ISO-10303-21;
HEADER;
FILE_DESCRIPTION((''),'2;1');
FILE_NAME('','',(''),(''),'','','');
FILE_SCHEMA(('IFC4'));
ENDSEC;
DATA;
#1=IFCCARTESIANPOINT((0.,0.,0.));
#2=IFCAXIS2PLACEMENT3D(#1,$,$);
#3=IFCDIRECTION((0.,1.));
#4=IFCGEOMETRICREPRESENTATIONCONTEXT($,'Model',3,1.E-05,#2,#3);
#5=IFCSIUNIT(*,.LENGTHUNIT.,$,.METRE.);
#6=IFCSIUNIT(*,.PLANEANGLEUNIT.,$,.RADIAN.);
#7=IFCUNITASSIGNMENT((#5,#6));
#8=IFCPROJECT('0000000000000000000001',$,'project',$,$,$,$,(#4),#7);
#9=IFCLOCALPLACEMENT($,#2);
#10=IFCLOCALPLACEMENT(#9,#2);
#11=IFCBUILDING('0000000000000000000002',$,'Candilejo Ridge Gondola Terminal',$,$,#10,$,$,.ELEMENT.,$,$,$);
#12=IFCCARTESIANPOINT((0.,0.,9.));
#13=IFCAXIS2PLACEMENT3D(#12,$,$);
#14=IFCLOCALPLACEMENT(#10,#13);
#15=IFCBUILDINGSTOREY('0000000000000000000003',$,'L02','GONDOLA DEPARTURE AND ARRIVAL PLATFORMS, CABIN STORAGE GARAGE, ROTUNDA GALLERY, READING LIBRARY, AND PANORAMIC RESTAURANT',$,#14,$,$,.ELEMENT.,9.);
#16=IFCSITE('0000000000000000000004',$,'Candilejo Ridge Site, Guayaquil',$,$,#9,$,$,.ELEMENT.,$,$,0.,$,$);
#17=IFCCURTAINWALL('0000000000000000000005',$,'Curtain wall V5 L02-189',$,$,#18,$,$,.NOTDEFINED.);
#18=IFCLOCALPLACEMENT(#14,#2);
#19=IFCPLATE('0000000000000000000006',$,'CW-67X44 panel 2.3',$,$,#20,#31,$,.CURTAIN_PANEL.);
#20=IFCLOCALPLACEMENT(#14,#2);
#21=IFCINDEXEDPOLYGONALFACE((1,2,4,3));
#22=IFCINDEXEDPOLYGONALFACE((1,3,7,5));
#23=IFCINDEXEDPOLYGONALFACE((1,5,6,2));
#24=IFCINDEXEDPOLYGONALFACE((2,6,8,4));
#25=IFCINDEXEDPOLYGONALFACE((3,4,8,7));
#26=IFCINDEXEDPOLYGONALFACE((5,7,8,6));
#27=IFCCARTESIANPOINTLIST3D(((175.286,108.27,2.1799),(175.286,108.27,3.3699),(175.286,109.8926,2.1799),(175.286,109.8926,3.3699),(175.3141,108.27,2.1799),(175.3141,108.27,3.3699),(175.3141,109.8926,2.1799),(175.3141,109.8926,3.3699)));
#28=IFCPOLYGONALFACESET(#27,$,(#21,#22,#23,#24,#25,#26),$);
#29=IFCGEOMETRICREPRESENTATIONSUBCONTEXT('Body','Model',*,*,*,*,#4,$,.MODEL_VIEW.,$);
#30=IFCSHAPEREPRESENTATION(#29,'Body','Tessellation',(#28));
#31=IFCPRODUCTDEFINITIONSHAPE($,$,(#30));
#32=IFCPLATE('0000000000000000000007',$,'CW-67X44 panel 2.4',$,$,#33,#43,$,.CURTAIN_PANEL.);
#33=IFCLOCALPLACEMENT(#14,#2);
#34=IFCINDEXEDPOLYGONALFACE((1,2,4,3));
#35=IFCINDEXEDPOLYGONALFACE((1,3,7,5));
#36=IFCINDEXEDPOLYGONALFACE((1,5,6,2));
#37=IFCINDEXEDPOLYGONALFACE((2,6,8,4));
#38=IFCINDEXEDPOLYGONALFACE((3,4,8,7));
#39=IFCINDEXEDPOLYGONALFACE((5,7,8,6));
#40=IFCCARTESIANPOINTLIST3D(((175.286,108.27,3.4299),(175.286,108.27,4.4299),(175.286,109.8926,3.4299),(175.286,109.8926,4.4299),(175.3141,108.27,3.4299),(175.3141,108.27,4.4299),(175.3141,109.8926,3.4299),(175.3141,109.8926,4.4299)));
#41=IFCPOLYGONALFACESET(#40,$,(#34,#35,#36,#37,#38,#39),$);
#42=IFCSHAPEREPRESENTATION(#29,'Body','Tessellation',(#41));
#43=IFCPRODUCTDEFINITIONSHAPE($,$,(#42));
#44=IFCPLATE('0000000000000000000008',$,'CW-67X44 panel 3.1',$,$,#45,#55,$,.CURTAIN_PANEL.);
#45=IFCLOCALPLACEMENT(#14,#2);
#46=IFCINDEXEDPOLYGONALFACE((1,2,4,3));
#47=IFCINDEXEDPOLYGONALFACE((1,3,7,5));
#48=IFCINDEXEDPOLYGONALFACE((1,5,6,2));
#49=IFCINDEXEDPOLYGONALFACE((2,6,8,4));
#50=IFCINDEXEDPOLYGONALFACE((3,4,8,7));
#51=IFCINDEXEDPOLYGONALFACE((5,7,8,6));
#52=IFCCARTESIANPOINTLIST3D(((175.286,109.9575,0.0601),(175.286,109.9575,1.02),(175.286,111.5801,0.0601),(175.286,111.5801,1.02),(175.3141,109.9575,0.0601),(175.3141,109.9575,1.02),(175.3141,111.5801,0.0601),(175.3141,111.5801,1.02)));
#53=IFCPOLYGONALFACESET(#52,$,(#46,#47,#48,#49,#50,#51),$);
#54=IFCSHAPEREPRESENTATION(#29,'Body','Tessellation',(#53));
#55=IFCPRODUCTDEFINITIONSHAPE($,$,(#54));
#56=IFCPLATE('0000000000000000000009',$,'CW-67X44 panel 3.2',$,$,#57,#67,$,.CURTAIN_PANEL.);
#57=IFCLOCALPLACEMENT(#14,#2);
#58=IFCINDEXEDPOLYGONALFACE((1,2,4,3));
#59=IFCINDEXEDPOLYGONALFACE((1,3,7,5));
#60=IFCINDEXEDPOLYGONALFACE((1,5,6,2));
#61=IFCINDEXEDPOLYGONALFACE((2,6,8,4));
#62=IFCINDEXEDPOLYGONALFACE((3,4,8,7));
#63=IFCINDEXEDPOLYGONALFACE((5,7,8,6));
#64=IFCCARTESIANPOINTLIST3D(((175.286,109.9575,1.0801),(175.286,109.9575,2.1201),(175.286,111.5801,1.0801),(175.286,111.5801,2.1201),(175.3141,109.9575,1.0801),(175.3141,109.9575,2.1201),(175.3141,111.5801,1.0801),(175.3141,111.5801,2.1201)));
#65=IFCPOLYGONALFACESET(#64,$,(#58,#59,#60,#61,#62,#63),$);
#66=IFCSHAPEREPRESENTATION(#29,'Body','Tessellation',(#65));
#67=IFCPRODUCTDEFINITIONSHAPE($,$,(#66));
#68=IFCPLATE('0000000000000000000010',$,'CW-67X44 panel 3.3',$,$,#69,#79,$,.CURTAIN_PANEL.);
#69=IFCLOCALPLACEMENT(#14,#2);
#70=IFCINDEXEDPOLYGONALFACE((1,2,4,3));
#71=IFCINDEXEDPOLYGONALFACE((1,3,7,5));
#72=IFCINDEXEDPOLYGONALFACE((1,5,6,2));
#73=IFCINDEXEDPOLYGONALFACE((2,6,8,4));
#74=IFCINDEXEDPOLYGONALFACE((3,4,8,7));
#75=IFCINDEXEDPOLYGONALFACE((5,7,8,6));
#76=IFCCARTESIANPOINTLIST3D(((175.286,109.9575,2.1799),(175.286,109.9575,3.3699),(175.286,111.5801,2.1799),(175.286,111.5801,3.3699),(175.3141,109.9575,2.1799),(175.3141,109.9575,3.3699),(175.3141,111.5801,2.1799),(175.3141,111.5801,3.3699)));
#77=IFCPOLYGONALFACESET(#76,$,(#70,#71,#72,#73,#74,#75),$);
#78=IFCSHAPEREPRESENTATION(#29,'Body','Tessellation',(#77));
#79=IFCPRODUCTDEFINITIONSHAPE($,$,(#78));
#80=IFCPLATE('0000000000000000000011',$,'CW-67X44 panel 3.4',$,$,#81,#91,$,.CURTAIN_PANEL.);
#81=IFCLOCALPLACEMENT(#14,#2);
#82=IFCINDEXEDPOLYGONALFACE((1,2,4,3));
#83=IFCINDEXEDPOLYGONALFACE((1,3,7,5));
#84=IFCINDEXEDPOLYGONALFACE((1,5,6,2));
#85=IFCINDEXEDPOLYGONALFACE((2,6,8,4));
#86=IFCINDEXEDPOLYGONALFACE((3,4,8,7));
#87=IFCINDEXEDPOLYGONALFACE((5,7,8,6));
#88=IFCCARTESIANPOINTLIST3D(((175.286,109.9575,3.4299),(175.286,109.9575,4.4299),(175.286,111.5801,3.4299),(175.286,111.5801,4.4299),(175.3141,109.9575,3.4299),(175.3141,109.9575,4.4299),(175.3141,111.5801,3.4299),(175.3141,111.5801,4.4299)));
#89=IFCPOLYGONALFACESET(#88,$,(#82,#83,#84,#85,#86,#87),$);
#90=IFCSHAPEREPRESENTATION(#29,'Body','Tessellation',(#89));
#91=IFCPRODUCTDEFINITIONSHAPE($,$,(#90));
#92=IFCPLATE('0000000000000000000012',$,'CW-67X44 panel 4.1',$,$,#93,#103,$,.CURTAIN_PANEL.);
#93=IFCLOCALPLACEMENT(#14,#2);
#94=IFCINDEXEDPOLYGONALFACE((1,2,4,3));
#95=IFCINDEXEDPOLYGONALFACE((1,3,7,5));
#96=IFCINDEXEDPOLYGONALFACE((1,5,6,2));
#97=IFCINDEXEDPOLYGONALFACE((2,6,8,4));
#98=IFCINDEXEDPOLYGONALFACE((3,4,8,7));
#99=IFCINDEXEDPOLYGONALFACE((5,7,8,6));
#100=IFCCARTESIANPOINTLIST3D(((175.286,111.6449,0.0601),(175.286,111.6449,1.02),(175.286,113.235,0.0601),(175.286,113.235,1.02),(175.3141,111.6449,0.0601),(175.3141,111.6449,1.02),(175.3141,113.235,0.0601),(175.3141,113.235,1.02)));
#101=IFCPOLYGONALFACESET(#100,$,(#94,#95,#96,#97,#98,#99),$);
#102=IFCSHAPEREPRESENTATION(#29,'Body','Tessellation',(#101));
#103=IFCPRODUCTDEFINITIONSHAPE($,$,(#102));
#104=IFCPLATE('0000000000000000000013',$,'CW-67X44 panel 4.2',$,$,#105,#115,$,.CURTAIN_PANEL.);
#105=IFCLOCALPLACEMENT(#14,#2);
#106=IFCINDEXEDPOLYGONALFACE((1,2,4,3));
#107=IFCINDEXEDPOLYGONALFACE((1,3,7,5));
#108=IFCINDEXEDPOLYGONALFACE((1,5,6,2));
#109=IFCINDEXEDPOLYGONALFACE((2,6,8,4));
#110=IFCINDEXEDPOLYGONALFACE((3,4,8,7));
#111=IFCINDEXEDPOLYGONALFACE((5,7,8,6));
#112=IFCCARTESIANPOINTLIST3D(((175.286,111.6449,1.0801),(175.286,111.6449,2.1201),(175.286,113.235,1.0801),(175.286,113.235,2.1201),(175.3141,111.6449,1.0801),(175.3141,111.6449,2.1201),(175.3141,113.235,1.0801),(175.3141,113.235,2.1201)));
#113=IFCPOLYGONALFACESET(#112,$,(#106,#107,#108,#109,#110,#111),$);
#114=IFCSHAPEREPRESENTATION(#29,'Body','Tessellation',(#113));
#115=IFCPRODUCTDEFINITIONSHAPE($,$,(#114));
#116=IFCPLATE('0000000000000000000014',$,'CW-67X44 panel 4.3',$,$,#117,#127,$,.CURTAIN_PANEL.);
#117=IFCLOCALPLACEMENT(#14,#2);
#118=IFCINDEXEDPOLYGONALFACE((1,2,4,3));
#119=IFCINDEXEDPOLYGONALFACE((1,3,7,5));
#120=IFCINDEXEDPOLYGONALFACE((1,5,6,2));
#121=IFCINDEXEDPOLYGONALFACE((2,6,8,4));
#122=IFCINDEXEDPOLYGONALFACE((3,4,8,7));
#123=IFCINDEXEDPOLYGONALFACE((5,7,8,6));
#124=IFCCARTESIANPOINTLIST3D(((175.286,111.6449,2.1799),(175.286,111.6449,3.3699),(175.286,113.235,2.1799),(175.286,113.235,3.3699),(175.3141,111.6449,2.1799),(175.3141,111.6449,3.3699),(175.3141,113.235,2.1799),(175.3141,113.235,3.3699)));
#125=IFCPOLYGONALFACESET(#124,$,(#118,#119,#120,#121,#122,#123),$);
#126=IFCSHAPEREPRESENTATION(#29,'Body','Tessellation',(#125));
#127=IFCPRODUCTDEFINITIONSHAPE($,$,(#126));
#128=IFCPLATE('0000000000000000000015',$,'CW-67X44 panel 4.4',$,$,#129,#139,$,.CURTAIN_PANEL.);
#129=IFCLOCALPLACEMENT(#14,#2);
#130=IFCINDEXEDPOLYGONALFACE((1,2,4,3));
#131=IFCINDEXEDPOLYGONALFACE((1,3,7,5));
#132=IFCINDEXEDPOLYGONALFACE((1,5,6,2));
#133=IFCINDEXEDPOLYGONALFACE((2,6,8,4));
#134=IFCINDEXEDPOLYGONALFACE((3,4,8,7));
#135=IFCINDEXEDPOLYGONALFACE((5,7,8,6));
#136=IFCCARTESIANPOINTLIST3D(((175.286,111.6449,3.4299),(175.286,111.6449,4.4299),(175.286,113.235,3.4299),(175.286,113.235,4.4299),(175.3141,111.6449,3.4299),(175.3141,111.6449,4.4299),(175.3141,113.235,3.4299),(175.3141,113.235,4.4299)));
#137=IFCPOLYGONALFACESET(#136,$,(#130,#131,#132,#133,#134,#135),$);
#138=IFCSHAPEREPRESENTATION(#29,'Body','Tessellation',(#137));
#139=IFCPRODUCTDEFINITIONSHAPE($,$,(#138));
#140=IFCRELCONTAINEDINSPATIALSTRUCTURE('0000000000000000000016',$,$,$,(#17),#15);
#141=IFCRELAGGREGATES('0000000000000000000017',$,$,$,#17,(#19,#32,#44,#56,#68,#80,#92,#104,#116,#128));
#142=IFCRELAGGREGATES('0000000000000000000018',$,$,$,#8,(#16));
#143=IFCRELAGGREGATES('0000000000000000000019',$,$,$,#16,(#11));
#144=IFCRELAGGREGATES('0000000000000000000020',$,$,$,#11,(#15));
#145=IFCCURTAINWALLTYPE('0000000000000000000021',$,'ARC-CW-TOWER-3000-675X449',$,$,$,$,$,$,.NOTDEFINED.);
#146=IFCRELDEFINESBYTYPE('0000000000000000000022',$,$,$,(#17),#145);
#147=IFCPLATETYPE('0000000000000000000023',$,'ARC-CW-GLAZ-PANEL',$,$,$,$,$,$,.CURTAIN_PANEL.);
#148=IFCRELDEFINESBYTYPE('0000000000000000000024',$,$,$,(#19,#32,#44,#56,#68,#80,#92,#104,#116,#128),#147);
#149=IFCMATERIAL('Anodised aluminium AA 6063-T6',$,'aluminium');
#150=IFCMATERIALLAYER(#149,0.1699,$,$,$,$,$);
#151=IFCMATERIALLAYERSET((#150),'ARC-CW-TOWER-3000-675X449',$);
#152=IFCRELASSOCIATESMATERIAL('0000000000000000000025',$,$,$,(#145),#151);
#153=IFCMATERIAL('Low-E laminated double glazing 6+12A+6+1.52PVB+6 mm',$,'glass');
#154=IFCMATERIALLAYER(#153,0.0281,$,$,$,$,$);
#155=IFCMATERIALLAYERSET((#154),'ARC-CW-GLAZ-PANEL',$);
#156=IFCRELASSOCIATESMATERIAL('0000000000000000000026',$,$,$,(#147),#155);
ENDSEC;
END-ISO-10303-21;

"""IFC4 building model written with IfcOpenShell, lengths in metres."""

from ifc_helpers import new_model, si_unit, direction, frame, origin, origin_2d, place, context, subcontext, project, spatial, rectangle, extrude, material, layer, layer_set, type_object, element, aggregate, save


model = new_model("IFC4")

# Units and contexts
model_context = context("Model", 3, precision=1e-05, world=origin(), true_north=direction((0.0, 1.0)))
body_context = subcontext(model_context, "Body", "Model", "MODEL_VIEW")
ifc_project = project(units=[si_unit("LENGTHUNIT", "METRE"), si_unit("PLANEANGLEUNIT", "RADIAN")], contexts=[model_context])

# Site, building, storey
site_placement = place(None, origin())
site = spatial("IfcSite", under=ifc_project, at=site_placement, Name="Candilejo Ridge Site, Guayaquil", CompositionType="ELEMENT", RefElevation=0.0)
building_placement = place(site_placement, origin())
building = spatial("IfcBuilding", under=site, at=building_placement, Name="Candilejo Ridge Gondola Terminal", CompositionType="ELEMENT")
storey_placement = place(building_placement, frame((0.0, 0.0, 9.0)))
storey = spatial("IfcBuildingStorey", under=building, at=storey_placement, Name="L02", Description="GONDOLA DEPARTURE AND ARRIVAL PLATFORMS, CABIN STORAGE GARAGE, ROTUNDA GALLERY, READING LIBRARY, AND PANORAMIC RESTAURANT", CompositionType="ELEMENT", Elevation=9.0)

# Curtain wall
ifc_material_1 = material(Name="Anodised aluminium AA 6063-T6", Category="aluminium")
ifc_layer_1 = layer(ifc_material_1, 0.1699)
ifc_layer_set_1 = layer_set([ifc_layer_1], Name="ARC-CW-TOWER-3000-675X449")
curtain_wall_type_1 = type_object("IfcCurtainWallType", Name="ARC-CW-TOWER-3000-675X449", PredefinedType="NOTDEFINED", material=ifc_layer_set_1)
curtain_wall_1_placement = place(storey_placement, origin())
curtain_wall_1 = element("IfcCurtainWall", 1, at=curtain_wall_1_placement, inside=storey, type_object=curtain_wall_type_1, Name="Curtain wall V5 L02-189", PredefinedType="NOTDEFINED")

# Plates
ifc_material_2 = material(Name="Low-E laminated double glazing 6+12A+6+1.52PVB+6 mm", Category="glass")
ifc_layer_2 = layer(ifc_material_2, 0.0281)
ifc_layer_set_2 = layer_set([ifc_layer_2], Name="ARC-CW-GLAZ-PANEL")
plate_type = type_object("IfcPlateType", Name="ARC-CW-GLAZ-PANEL", PredefinedType="CURTAIN_PANEL", material=ifc_layer_set_2)
plate_1_placement = place(storey_placement, frame((175.3, 109.0813, 2.1799), z_axis=(0.0, 0.0, 1.0), x_axis=(0.0, 1.0, 0.0)))
plate_1 = element("IfcPlate", 2, at=plate_1_placement, type_object=plate_type, Name="CW-67X44 panel 2.3", PredefinedType="CURTAIN_PANEL", context=body_context, shape_type="SweptSolid", body=[
    extrude(rectangle(XDim=1.6226, YDim=0.0281, at=origin_2d()), origin(), (0.0, 0.0, 1.0), 1.1899),
])
plate_2_placement = place(storey_placement, frame((175.3, 109.0813, 3.4299), z_axis=(0.0, 0.0, 1.0), x_axis=(0.0, 1.0, 0.0)))
plate_2 = element("IfcPlate", 3, at=plate_2_placement, type_object=plate_type, Name="CW-67X44 panel 2.4", PredefinedType="CURTAIN_PANEL", context=body_context, shape_type="SweptSolid", body=[
    extrude(rectangle(XDim=1.6226, YDim=0.0281, at=origin_2d()), origin(), (0.0, 0.0, 1.0), 1.0),
])
plate_3_placement = place(storey_placement, frame((175.3, 110.7688, 0.0601), z_axis=(0.0, 0.0, 1.0), x_axis=(0.0, 1.0, 0.0)))
plate_3 = element("IfcPlate", 4, at=plate_3_placement, type_object=plate_type, Name="CW-67X44 panel 3.1", PredefinedType="CURTAIN_PANEL", context=body_context, shape_type="SweptSolid", body=[
    extrude(rectangle(XDim=1.6226, YDim=0.0281, at=origin_2d()), origin(), (0.0, 0.0, 1.0), 0.96),
])
plate_4_placement = place(storey_placement, frame((175.3, 110.7688, 1.0801), z_axis=(0.0, 0.0, 1.0), x_axis=(0.0, 1.0, 0.0)))
plate_4 = element("IfcPlate", 5, at=plate_4_placement, type_object=plate_type, Name="CW-67X44 panel 3.2", PredefinedType="CURTAIN_PANEL", context=body_context, shape_type="SweptSolid", body=[
    extrude(rectangle(XDim=1.6226, YDim=0.0281, at=origin_2d()), origin(), (0.0, 0.0, 1.0), 1.04),
])
plate_5_placement = place(storey_placement, frame((175.3, 110.7688, 2.1799), z_axis=(0.0, 0.0, 1.0), x_axis=(0.0, 1.0, 0.0)))
plate_5 = element("IfcPlate", 6, at=plate_5_placement, type_object=plate_type, Name="CW-67X44 panel 3.3", PredefinedType="CURTAIN_PANEL", context=body_context, shape_type="SweptSolid", body=[
    extrude(rectangle(XDim=1.6226, YDim=0.0281, at=origin_2d()), origin(), (0.0, 0.0, 1.0), 1.1899),
])
plate_6_placement = place(storey_placement, frame((175.3, 110.7688, 3.4299), z_axis=(0.0, 0.0, 1.0), x_axis=(0.0, 1.0, 0.0)))
plate_6 = element("IfcPlate", 7, at=plate_6_placement, type_object=plate_type, Name="CW-67X44 panel 3.4", PredefinedType="CURTAIN_PANEL", context=body_context, shape_type="SweptSolid", body=[
    extrude(rectangle(XDim=1.6226, YDim=0.0281, at=origin_2d()), origin(), (0.0, 0.0, 1.0), 1.0),
])
plate_7_placement = place(storey_placement, frame((175.3, 112.4399, 0.0601), z_axis=(0.0, 0.0, 1.0), x_axis=(0.0, 1.0, 0.0)))
plate_7 = element("IfcPlate", 8, at=plate_7_placement, type_object=plate_type, Name="CW-67X44 panel 4.1", PredefinedType="CURTAIN_PANEL", context=body_context, shape_type="SweptSolid", body=[
    extrude(rectangle(XDim=1.5901, YDim=0.0281, at=origin_2d()), origin(), (0.0, 0.0, 1.0), 0.96),
])
plate_8_placement = place(storey_placement, frame((175.3, 112.4399, 1.0801), z_axis=(0.0, 0.0, 1.0), x_axis=(0.0, 1.0, 0.0)))
plate_8 = element("IfcPlate", 9, at=plate_8_placement, type_object=plate_type, Name="CW-67X44 panel 4.2", PredefinedType="CURTAIN_PANEL", context=body_context, shape_type="SweptSolid", body=[
    extrude(rectangle(XDim=1.5901, YDim=0.0281, at=origin_2d()), origin(), (0.0, 0.0, 1.0), 1.04),
])
plate_9_placement = place(storey_placement, frame((175.3, 112.4399, 2.1799), z_axis=(0.0, 0.0, 1.0), x_axis=(0.0, 1.0, 0.0)))
plate_9 = element("IfcPlate", 10, at=plate_9_placement, type_object=plate_type, Name="CW-67X44 panel 4.3", PredefinedType="CURTAIN_PANEL", context=body_context, shape_type="SweptSolid", body=[
    extrude(rectangle(XDim=1.5901, YDim=0.0281, at=origin_2d()), origin(), (0.0, 0.0, 1.0), 1.1899),
])
plate_10_placement = place(storey_placement, frame((175.3, 112.4399, 3.4299), z_axis=(0.0, 0.0, 1.0), x_axis=(0.0, 1.0, 0.0)))
plate_10 = element("IfcPlate", 11, at=plate_10_placement, type_object=plate_type, Name="CW-67X44 panel 4.4", PredefinedType="CURTAIN_PANEL", context=body_context, shape_type="SweptSolid", body=[
    extrude(rectangle(XDim=1.5901, YDim=0.0281, at=origin_2d()), origin(), (0.0, 0.0, 1.0), 1.0),
])
aggregate(curtain_wall_1, [plate_1, plate_2, plate_3, plate_4, plate_5, plate_6, plate_7, plate_8, plate_9, plate_10])

save(model, "model.ifc")
